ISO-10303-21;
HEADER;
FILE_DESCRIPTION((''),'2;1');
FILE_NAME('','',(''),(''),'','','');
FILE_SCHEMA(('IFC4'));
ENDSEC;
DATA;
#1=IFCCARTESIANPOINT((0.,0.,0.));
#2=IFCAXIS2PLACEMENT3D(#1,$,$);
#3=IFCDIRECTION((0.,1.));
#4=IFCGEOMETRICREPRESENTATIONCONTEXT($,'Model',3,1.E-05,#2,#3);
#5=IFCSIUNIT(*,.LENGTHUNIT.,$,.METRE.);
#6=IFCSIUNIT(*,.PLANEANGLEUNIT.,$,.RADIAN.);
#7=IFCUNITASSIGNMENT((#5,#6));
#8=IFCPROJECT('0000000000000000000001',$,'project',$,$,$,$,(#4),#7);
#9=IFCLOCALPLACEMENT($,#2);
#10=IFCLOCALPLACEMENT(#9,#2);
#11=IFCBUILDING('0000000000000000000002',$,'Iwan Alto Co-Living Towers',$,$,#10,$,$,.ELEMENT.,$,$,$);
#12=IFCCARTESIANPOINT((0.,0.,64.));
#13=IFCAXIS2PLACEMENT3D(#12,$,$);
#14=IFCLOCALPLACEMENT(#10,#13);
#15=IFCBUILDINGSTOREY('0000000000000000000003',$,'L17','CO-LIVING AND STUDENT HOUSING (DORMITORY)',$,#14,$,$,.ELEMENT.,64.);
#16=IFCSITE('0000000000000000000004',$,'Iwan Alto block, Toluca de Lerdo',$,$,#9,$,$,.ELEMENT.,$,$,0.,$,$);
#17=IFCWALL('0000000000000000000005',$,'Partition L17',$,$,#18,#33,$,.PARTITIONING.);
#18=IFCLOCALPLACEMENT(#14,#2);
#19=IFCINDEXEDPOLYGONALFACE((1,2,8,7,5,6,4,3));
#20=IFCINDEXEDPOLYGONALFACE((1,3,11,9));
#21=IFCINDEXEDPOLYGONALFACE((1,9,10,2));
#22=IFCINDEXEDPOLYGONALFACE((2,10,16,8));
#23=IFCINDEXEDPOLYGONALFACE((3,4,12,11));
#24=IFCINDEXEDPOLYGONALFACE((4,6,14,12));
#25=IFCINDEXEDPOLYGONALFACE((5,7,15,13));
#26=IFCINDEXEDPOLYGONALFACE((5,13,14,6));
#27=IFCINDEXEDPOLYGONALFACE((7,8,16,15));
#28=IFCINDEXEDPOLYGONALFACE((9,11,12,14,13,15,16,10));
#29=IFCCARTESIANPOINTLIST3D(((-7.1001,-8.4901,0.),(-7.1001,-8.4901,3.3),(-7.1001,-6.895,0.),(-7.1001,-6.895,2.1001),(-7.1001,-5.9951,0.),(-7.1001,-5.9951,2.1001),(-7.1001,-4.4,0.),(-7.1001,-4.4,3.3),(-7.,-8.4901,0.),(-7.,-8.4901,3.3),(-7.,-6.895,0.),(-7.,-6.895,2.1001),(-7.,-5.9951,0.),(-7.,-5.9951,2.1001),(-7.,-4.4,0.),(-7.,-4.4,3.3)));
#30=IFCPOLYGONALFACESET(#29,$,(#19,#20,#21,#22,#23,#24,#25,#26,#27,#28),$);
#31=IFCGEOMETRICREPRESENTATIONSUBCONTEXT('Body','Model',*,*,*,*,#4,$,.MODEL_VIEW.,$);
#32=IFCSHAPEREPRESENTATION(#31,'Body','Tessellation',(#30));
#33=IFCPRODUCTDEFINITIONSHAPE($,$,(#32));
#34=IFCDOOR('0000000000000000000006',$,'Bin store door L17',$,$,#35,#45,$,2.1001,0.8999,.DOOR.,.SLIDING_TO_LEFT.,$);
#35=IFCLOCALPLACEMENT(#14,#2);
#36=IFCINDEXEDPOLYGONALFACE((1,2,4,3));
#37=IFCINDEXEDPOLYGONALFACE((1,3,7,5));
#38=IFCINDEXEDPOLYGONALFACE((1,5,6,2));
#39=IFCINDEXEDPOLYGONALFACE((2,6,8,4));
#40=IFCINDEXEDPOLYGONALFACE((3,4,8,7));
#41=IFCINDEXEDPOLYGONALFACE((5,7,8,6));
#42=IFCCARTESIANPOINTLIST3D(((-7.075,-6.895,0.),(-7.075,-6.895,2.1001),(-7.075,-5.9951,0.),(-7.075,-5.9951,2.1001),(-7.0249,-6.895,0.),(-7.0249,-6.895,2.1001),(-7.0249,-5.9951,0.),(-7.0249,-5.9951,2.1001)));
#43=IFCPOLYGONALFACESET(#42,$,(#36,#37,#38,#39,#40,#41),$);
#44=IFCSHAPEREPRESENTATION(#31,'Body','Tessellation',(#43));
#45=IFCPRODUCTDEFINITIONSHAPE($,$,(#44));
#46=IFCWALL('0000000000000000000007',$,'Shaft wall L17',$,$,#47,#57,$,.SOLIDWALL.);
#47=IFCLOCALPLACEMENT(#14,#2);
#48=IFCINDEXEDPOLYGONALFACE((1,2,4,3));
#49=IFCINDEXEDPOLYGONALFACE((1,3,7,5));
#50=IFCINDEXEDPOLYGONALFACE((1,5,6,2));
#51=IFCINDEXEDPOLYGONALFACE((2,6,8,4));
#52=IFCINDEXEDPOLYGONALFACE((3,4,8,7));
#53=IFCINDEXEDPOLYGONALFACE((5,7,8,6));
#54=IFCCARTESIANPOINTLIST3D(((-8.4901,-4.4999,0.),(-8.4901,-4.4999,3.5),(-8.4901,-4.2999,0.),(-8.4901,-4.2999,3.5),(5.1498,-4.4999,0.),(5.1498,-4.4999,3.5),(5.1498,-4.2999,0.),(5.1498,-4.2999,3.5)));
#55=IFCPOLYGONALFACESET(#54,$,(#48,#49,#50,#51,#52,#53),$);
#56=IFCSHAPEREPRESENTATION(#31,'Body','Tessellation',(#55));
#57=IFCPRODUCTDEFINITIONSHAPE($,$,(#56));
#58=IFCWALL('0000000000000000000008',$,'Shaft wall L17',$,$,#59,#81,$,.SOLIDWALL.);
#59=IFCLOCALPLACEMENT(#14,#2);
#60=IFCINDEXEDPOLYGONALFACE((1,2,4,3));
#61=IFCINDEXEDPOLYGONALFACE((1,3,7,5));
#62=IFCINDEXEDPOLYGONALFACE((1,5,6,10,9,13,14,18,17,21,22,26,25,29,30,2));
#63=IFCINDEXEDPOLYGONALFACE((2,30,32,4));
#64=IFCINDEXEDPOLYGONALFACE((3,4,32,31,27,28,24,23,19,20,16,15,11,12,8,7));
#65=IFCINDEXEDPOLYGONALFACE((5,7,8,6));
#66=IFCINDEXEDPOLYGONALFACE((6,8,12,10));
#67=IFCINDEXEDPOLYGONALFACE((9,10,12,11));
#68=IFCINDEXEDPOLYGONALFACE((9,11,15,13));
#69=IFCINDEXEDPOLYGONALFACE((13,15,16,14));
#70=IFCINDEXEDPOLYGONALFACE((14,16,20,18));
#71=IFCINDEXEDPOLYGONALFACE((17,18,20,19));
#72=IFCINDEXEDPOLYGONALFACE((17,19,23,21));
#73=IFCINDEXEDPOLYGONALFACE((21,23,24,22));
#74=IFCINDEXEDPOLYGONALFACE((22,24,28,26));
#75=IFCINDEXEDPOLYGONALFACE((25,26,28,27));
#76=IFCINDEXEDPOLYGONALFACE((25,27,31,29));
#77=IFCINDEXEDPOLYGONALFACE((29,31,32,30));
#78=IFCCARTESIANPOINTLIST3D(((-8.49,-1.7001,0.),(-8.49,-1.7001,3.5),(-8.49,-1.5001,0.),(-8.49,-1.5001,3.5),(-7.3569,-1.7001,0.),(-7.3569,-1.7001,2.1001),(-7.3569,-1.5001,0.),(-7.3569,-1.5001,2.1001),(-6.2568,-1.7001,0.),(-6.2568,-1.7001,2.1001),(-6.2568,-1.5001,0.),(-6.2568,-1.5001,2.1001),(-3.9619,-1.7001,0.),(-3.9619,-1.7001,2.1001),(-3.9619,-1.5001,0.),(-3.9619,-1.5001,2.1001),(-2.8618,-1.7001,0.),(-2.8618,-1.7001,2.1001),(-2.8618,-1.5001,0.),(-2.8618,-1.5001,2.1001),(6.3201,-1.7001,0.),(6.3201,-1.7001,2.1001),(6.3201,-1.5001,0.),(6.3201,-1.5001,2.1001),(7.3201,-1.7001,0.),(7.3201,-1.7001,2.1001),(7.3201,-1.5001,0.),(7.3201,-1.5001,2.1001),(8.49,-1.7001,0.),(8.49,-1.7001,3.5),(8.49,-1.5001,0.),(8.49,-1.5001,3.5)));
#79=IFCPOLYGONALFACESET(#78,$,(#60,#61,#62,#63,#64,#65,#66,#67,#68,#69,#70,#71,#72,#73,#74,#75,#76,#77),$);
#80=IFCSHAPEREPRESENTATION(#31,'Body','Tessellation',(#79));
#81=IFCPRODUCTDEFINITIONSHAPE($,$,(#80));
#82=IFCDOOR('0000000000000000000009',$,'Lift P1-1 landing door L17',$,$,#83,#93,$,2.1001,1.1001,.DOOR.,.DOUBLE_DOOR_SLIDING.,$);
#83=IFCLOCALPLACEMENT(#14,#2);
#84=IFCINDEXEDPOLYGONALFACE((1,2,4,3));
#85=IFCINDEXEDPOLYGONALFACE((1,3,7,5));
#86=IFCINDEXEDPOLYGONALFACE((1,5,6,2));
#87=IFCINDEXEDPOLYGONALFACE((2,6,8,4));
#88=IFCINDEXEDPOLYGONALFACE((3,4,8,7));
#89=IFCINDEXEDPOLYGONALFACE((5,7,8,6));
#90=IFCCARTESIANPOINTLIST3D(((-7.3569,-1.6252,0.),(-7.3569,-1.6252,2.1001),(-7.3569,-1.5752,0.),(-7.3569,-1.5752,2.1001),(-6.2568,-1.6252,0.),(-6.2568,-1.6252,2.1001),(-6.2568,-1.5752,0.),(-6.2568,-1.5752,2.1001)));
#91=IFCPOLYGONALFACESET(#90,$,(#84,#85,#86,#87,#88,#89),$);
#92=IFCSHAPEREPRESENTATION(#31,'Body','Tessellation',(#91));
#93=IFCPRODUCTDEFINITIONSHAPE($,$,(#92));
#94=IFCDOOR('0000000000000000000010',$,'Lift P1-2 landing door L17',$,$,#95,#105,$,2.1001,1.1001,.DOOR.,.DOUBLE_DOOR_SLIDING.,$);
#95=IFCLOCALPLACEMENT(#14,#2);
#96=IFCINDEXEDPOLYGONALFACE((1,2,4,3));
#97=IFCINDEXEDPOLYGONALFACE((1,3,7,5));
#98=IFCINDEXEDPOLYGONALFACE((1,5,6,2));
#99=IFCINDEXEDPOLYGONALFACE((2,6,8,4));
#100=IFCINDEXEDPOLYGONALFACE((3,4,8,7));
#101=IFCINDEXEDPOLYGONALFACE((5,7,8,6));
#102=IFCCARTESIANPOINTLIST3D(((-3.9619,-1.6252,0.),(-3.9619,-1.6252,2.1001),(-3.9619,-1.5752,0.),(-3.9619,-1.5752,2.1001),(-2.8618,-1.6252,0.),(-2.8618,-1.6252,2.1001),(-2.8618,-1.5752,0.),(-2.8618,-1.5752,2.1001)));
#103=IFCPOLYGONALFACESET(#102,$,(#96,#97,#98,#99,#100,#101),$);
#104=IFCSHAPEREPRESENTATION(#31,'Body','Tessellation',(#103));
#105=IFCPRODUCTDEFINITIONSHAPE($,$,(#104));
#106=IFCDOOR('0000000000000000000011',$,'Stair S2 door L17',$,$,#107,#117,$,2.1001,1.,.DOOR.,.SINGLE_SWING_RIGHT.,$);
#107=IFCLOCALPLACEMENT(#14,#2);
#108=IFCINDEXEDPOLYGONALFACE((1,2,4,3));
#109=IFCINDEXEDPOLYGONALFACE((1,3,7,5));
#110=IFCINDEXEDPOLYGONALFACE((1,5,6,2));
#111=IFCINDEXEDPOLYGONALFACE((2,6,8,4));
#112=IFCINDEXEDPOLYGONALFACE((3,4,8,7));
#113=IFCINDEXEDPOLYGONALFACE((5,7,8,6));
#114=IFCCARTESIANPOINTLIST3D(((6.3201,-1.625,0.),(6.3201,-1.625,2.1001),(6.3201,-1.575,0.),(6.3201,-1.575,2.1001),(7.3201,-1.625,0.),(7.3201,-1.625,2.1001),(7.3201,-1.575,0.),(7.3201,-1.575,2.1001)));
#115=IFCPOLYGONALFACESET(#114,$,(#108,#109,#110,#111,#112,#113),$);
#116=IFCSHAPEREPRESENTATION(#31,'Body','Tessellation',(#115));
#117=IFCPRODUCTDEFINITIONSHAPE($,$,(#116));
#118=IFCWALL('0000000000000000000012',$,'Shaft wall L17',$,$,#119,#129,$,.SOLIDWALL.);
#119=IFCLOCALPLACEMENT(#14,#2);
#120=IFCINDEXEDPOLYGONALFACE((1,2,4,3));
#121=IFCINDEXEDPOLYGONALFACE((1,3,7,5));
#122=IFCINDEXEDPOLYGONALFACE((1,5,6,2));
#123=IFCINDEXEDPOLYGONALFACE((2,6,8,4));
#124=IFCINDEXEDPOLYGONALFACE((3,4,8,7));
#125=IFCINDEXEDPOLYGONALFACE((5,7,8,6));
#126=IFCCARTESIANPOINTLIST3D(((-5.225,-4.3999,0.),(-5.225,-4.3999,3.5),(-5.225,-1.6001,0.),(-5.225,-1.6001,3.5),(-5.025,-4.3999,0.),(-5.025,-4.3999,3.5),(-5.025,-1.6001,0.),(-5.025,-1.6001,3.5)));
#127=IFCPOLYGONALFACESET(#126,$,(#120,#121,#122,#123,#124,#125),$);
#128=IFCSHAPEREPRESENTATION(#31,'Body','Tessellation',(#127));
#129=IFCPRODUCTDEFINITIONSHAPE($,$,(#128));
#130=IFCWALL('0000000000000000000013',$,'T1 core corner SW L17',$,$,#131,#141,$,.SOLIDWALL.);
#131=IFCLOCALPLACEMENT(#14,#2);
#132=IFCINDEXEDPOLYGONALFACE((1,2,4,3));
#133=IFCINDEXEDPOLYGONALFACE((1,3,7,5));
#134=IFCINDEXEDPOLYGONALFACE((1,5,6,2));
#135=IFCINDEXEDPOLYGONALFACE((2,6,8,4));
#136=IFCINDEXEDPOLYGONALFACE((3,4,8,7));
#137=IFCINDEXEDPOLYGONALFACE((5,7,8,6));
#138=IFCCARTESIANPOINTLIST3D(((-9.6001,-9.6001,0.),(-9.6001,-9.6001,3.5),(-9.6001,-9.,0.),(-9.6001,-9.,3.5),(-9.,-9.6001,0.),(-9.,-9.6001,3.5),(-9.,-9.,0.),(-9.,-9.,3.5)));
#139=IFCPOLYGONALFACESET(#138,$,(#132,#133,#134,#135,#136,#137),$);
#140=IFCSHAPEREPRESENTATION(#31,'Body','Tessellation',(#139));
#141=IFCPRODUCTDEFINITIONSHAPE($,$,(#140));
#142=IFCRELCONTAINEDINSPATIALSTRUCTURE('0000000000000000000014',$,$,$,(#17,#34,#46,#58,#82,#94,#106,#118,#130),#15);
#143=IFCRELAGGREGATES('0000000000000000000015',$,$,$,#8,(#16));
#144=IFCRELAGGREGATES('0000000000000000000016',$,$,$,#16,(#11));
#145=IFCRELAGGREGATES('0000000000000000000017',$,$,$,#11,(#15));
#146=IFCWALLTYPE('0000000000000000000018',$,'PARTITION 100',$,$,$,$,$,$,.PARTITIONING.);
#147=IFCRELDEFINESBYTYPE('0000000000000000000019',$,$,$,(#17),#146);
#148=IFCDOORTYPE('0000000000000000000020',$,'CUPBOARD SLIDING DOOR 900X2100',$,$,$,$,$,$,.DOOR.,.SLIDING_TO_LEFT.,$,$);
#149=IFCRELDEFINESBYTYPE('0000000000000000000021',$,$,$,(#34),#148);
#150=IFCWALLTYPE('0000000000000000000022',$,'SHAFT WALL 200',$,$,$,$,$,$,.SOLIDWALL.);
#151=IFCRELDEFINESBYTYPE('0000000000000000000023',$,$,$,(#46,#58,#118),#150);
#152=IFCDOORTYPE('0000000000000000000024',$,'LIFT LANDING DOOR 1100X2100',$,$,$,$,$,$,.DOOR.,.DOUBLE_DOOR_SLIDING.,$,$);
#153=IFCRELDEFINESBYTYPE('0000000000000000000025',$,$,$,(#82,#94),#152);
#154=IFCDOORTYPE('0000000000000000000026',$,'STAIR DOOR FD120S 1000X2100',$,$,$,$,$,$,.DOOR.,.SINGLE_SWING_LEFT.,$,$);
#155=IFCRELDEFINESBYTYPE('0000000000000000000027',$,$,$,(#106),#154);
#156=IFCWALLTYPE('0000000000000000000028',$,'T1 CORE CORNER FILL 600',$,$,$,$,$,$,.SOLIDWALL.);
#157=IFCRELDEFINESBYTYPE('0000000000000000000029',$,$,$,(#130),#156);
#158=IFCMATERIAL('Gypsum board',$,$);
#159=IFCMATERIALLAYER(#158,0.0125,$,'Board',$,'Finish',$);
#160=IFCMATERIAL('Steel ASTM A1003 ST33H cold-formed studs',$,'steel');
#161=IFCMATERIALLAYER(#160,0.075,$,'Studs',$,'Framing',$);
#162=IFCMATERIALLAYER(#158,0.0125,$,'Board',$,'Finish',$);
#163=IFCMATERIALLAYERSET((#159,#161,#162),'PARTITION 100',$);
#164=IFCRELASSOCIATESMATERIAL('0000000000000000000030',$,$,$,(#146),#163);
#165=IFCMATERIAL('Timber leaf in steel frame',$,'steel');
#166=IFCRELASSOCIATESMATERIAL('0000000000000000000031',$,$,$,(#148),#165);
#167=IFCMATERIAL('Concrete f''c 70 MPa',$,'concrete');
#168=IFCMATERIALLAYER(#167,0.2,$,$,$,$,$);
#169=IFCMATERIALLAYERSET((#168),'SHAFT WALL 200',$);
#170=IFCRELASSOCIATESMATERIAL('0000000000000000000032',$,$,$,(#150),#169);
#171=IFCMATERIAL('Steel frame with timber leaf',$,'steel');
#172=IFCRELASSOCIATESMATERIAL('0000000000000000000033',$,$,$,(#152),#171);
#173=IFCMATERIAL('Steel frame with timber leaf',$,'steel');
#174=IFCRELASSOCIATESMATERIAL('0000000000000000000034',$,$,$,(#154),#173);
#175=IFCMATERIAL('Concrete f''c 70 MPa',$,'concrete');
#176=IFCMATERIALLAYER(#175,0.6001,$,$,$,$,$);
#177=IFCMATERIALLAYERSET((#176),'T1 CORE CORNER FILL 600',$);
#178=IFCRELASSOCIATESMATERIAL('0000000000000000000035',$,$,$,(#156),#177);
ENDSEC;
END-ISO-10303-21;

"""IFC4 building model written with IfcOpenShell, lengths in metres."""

from ifc_helpers import new_model, si_unit, direction, frame, frame_2d, origin, place, context, subcontext, project, spatial, rectangle, extrude, material, layer, layer_set, type_object, element, fill, save


model = new_model("IFC4")

# Units and contexts
model_context = context("Model", 3, precision=1e-05, world=origin(), true_north=direction((0.0, 1.0)))
body_context = subcontext(model_context, "Body", "Model", "MODEL_VIEW")
ifc_project = project(units=[si_unit("LENGTHUNIT", "METRE"), si_unit("PLANEANGLEUNIT", "RADIAN")], contexts=[model_context])

# Site, building, storey
site_placement = place(None, origin())
site = spatial("IfcSite", under=ifc_project, at=site_placement, Name="Iwan Alto block, Toluca de Lerdo", CompositionType="ELEMENT", RefElevation=0.0)
building_placement = place(site_placement, origin())
building = spatial("IfcBuilding", under=site, at=building_placement, Name="Iwan Alto Co-Living Towers", CompositionType="ELEMENT")
storey_placement = place(building_placement, frame((0.0, 0.0, 64.0)))
storey = spatial("IfcBuildingStorey", under=building, at=storey_placement, Name="L17", Description="CO-LIVING AND STUDENT HOUSING (DORMITORY)", CompositionType="ELEMENT", Elevation=64.0)

# Shared definitions
ifc_material_1 = material(Name="Gypsum board")
ifc_material_2 = material(Name="Steel ASTM A1003 ST33H cold-formed studs", Category="steel")

# Shared definitions
ifc_layer_1 = layer(ifc_material_1, 0.0125, Name="Board", Category="Finish")
ifc_layer_2 = layer(ifc_material_2, 0.075, Name="Studs", Category="Framing")
ifc_layer_3 = layer(ifc_material_1, 0.0125, Name="Board", Category="Finish")
ifc_layer_set_1 = layer_set([ifc_layer_1, ifc_layer_2, ifc_layer_3], Name="PARTITION 100")
wall_type_1 = type_object("IfcWallType", Name="PARTITION 100", PredefinedType="PARTITIONING", material=ifc_layer_set_1)

# Wall, opening, door
wall_1_placement = place(storey_placement, frame((-7.05, -8.49, 0.0), z_axis=(0.0, 0.0, 1.0), x_axis=(0.0, 1.0, 0.0)))
wall_1 = element("IfcWall", 1, at=wall_1_placement, inside=storey, type_object=wall_type_1, Name="Partition L17", PredefinedType="PARTITIONING", context=body_context, shape_type="SweptSolid", body=[
    extrude(rectangle(XDim=4.0901, YDim=0.1001, at=frame_2d((2.0449, 0.0))), origin(), (0.0, 0.0, 1.0), 3.3),
])
opening_1_placement = place(wall_1_placement, frame((1.595, 0.0, 0.0)))
opening_1 = element("IfcOpeningElement", 2, at=opening_1_placement, cuts=wall_1, PredefinedType="OPENING", context=body_context, shape_type="SweptSolid", body=[
    extrude(rectangle(XDim=0.8999, YDim=2.1001, at=frame_2d((0.45, 1.05))), frame((0.0, 0.0601, 0.0), z_axis=(0.0, -1.0, 0.0), x_axis=(1.0, 0.0, 0.0)), (0.0, 0.0, 1.0), 0.1201),
])
ifc_material_3 = material(Name="Timber leaf in steel frame", Category="steel")
door_type_1 = type_object("IfcDoorType", Name="CUPBOARD SLIDING DOOR 900X2100", OperationType="SLIDING_TO_LEFT", PredefinedType="DOOR", material=ifc_material_3)
door_1_placement = place(opening_1_placement, origin())
door_1 = element("IfcDoor", 3, at=door_1_placement, inside=storey, type_object=door_type_1, Name="Bin store door L17", OperationType="SLIDING_TO_LEFT", OverallHeight=2.1001, OverallWidth=0.8999, PredefinedType="DOOR", context=body_context, shape_type="SweptSolid", body=[
    extrude(rectangle(XDim=0.8999, YDim=2.1001, at=frame_2d((0.45, 1.05))), frame((0.0, 0.0249, 0.0), z_axis=(0.0, -1.0, 0.0), x_axis=(1.0, 0.0, 0.0)), (0.0, 0.0, 1.0), 0.05),
])
fill(opening_1, door_1)

# Wall
ifc_material_4 = material(Name="Concrete f'c 70 MPa", Category="concrete")
ifc_layer_4 = layer(ifc_material_4, 0.2)
ifc_layer_set_2 = layer_set([ifc_layer_4], Name="SHAFT WALL 200")
wall_type_2 = type_object("IfcWallType", Name="SHAFT WALL 200", PredefinedType="SOLIDWALL", material=ifc_layer_set_2)
wall_2_placement = place(storey_placement, frame((-8.49, -4.3999, 0.0), z_axis=(0.0, 0.0, 1.0), x_axis=(1.0, 0.0, 0.0)))
element("IfcWall", 4, at=wall_2_placement, inside=storey, type_object=wall_type_2, Name="Shaft wall L17", PredefinedType="SOLIDWALL", context=body_context, shape_type="SweptSolid", body=[
    extrude(rectangle(XDim=13.6399, YDim=0.2, at=frame_2d((6.8198, 0.0))), origin(), (0.0, 0.0, 1.0), 3.5),
])

# Wall, openings, doors
wall_3_placement = place(storey_placement, frame((-8.49, -1.6001, 0.0), z_axis=(0.0, 0.0, 1.0), x_axis=(1.0, 0.0, 0.0)))
wall_3 = element("IfcWall", 5, at=wall_3_placement, inside=storey, type_object=wall_type_2, Name="Shaft wall L17", PredefinedType="SOLIDWALL", context=body_context, shape_type="SweptSolid", body=[
    extrude(rectangle(XDim=16.98, YDim=0.2, at=frame_2d((8.49, 0.0))), origin(), (0.0, 0.0, 1.0), 3.5),
])
opening_2_placement = place(wall_3_placement, frame((14.8101, 0.0, 0.0)))
opening_2 = element("IfcOpeningElement", 6, at=opening_2_placement, cuts=wall_3, PredefinedType="OPENING", context=body_context, shape_type="SweptSolid", body=[
    extrude(rectangle(XDim=1.0, YDim=2.1001, at=frame_2d((0.5, 1.05))), frame((0.0, 0.1099, 0.0), z_axis=(0.0, -1.0, 0.0), x_axis=(1.0, 0.0, 0.0)), (0.0, 0.0, 1.0), 0.22),
])
opening_3_placement = place(wall_3_placement, frame((1.1331, 0.0, 0.0)))
opening_3 = element("IfcOpeningElement", 7, at=opening_3_placement, cuts=wall_3, PredefinedType="OPENING", context=body_context, shape_type="SweptSolid", body=[
    extrude(rectangle(XDim=1.1001, YDim=2.1001, at=frame_2d((0.55, 1.05))), frame((0.0, 0.1099, 0.0), z_axis=(0.0, -1.0, 0.0), x_axis=(1.0, 0.0, 0.0)), (0.0, 0.0, 1.0), 0.22),
])
opening_4_placement = place(wall_3_placement, frame((4.5281, 0.0, 0.0)))
opening_4 = element("IfcOpeningElement", 8, at=opening_4_placement, cuts=wall_3, PredefinedType="OPENING", context=body_context, shape_type="SweptSolid", body=[
    extrude(rectangle(XDim=1.1001, YDim=2.1001, at=frame_2d((0.55, 1.05))), frame((0.0, 0.1099, 0.0), z_axis=(0.0, -1.0, 0.0), x_axis=(1.0, 0.0, 0.0)), (0.0, 0.0, 1.0), 0.22),
])
ifc_material_5 = material(Name="Steel frame with timber leaf", Category="steel")
door_type_2 = type_object("IfcDoorType", Name="LIFT LANDING DOOR 1100X2100", OperationType="DOUBLE_DOOR_SLIDING", PredefinedType="DOOR", material=ifc_material_5)
door_2_placement = place(opening_3_placement, origin())
door_2 = element("IfcDoor", 9, at=door_2_placement, inside=storey, type_object=door_type_2, Name="Lift P1-1 landing door L17", OperationType="DOUBLE_DOOR_SLIDING", OverallHeight=2.1001, OverallWidth=1.1001, PredefinedType="DOOR", context=body_context, shape_type="SweptSolid", body=[
    extrude(rectangle(XDim=1.1001, YDim=2.1001, at=frame_2d((0.55, 1.05))), frame((0.0, 0.0249, 0.0), z_axis=(0.0, -1.0, 0.0), x_axis=(1.0, 0.0, 0.0)), (0.0, 0.0, 1.0), 0.05),
])
fill(opening_3, door_2)
door_3_placement = place(opening_4_placement, origin())
door_3 = element("IfcDoor", 10, at=door_3_placement, inside=storey, type_object=door_type_2, Name="Lift P1-2 landing door L17", OperationType="DOUBLE_DOOR_SLIDING", OverallHeight=2.1001, OverallWidth=1.1001, PredefinedType="DOOR", context=body_context, shape_type="SweptSolid", body=[
    extrude(rectangle(XDim=1.1001, YDim=2.1001, at=frame_2d((0.55, 1.05))), frame((0.0, 0.0249, 0.0), z_axis=(0.0, -1.0, 0.0), x_axis=(1.0, 0.0, 0.0)), (0.0, 0.0, 1.0), 0.05),
])
fill(opening_4, door_3)
ifc_material_6 = material(Name="Steel frame with timber leaf", Category="steel")
door_type_3 = type_object("IfcDoorType", Name="STAIR DOOR FD120S 1000X2100", OperationType="SINGLE_SWING_LEFT", PredefinedType="DOOR", material=ifc_material_6)
door_4_placement = place(opening_2_placement, frame((1.0, 0.0, 0.0), z_axis=(0.0, 0.0, 1.0), x_axis=(-1.0, 0.0, 0.0)))
door_4 = element("IfcDoor", 11, at=door_4_placement, inside=storey, type_object=door_type_3, Name="Stair S2 door L17", OperationType="SINGLE_SWING_RIGHT", OverallHeight=2.1001, OverallWidth=1.0, PredefinedType="DOOR", context=body_context, shape_type="SweptSolid", body=[
    extrude(rectangle(XDim=1.0, YDim=2.1001, at=frame_2d((0.5, 1.05))), frame((0.0, 0.0249, 0.0), z_axis=(0.0, -1.0, 0.0), x_axis=(1.0, 0.0, 0.0)), (0.0, 0.0, 1.0), 0.05),
])
fill(opening_2, door_4)

# Walls
wall_4_placement = place(storey_placement, frame((-5.125, -4.3999, 0.0), z_axis=(0.0, 0.0, 1.0), x_axis=(0.0, 1.0, 0.0)))
element("IfcWall", 12, at=wall_4_placement, inside=storey, type_object=wall_type_2, Name="Shaft wall L17", PredefinedType="SOLIDWALL", context=body_context, shape_type="SweptSolid", body=[
    extrude(rectangle(XDim=2.7998, YDim=0.2, at=frame_2d((1.3999, 0.0))), origin(), (0.0, 0.0, 1.0), 3.5),
])
ifc_material_7 = material(Name="Concrete f'c 70 MPa", Category="concrete")
ifc_layer_5 = layer(ifc_material_7, 0.6001)
ifc_layer_set_3 = layer_set([ifc_layer_5], Name="T1 CORE CORNER FILL 600")
wall_type_3 = type_object("IfcWallType", Name="T1 CORE CORNER FILL 600", PredefinedType="SOLIDWALL", material=ifc_layer_set_3)
wall_5_placement = place(storey_placement, frame((-9.6001, -9.3, 0.0), z_axis=(0.0, 0.0, 1.0), x_axis=(1.0, 0.0, 0.0)))
element("IfcWall", 13, at=wall_5_placement, inside=storey, type_object=wall_type_3, Name="T1 core corner SW L17", PredefinedType="SOLIDWALL", context=body_context, shape_type="SweptSolid", body=[
    extrude(rectangle(XDim=0.6001, YDim=0.6001, at=frame_2d((0.3, 0.0))), origin(), (0.0, 0.0, 1.0), 3.5),
])

save(model, "model.ifc")
